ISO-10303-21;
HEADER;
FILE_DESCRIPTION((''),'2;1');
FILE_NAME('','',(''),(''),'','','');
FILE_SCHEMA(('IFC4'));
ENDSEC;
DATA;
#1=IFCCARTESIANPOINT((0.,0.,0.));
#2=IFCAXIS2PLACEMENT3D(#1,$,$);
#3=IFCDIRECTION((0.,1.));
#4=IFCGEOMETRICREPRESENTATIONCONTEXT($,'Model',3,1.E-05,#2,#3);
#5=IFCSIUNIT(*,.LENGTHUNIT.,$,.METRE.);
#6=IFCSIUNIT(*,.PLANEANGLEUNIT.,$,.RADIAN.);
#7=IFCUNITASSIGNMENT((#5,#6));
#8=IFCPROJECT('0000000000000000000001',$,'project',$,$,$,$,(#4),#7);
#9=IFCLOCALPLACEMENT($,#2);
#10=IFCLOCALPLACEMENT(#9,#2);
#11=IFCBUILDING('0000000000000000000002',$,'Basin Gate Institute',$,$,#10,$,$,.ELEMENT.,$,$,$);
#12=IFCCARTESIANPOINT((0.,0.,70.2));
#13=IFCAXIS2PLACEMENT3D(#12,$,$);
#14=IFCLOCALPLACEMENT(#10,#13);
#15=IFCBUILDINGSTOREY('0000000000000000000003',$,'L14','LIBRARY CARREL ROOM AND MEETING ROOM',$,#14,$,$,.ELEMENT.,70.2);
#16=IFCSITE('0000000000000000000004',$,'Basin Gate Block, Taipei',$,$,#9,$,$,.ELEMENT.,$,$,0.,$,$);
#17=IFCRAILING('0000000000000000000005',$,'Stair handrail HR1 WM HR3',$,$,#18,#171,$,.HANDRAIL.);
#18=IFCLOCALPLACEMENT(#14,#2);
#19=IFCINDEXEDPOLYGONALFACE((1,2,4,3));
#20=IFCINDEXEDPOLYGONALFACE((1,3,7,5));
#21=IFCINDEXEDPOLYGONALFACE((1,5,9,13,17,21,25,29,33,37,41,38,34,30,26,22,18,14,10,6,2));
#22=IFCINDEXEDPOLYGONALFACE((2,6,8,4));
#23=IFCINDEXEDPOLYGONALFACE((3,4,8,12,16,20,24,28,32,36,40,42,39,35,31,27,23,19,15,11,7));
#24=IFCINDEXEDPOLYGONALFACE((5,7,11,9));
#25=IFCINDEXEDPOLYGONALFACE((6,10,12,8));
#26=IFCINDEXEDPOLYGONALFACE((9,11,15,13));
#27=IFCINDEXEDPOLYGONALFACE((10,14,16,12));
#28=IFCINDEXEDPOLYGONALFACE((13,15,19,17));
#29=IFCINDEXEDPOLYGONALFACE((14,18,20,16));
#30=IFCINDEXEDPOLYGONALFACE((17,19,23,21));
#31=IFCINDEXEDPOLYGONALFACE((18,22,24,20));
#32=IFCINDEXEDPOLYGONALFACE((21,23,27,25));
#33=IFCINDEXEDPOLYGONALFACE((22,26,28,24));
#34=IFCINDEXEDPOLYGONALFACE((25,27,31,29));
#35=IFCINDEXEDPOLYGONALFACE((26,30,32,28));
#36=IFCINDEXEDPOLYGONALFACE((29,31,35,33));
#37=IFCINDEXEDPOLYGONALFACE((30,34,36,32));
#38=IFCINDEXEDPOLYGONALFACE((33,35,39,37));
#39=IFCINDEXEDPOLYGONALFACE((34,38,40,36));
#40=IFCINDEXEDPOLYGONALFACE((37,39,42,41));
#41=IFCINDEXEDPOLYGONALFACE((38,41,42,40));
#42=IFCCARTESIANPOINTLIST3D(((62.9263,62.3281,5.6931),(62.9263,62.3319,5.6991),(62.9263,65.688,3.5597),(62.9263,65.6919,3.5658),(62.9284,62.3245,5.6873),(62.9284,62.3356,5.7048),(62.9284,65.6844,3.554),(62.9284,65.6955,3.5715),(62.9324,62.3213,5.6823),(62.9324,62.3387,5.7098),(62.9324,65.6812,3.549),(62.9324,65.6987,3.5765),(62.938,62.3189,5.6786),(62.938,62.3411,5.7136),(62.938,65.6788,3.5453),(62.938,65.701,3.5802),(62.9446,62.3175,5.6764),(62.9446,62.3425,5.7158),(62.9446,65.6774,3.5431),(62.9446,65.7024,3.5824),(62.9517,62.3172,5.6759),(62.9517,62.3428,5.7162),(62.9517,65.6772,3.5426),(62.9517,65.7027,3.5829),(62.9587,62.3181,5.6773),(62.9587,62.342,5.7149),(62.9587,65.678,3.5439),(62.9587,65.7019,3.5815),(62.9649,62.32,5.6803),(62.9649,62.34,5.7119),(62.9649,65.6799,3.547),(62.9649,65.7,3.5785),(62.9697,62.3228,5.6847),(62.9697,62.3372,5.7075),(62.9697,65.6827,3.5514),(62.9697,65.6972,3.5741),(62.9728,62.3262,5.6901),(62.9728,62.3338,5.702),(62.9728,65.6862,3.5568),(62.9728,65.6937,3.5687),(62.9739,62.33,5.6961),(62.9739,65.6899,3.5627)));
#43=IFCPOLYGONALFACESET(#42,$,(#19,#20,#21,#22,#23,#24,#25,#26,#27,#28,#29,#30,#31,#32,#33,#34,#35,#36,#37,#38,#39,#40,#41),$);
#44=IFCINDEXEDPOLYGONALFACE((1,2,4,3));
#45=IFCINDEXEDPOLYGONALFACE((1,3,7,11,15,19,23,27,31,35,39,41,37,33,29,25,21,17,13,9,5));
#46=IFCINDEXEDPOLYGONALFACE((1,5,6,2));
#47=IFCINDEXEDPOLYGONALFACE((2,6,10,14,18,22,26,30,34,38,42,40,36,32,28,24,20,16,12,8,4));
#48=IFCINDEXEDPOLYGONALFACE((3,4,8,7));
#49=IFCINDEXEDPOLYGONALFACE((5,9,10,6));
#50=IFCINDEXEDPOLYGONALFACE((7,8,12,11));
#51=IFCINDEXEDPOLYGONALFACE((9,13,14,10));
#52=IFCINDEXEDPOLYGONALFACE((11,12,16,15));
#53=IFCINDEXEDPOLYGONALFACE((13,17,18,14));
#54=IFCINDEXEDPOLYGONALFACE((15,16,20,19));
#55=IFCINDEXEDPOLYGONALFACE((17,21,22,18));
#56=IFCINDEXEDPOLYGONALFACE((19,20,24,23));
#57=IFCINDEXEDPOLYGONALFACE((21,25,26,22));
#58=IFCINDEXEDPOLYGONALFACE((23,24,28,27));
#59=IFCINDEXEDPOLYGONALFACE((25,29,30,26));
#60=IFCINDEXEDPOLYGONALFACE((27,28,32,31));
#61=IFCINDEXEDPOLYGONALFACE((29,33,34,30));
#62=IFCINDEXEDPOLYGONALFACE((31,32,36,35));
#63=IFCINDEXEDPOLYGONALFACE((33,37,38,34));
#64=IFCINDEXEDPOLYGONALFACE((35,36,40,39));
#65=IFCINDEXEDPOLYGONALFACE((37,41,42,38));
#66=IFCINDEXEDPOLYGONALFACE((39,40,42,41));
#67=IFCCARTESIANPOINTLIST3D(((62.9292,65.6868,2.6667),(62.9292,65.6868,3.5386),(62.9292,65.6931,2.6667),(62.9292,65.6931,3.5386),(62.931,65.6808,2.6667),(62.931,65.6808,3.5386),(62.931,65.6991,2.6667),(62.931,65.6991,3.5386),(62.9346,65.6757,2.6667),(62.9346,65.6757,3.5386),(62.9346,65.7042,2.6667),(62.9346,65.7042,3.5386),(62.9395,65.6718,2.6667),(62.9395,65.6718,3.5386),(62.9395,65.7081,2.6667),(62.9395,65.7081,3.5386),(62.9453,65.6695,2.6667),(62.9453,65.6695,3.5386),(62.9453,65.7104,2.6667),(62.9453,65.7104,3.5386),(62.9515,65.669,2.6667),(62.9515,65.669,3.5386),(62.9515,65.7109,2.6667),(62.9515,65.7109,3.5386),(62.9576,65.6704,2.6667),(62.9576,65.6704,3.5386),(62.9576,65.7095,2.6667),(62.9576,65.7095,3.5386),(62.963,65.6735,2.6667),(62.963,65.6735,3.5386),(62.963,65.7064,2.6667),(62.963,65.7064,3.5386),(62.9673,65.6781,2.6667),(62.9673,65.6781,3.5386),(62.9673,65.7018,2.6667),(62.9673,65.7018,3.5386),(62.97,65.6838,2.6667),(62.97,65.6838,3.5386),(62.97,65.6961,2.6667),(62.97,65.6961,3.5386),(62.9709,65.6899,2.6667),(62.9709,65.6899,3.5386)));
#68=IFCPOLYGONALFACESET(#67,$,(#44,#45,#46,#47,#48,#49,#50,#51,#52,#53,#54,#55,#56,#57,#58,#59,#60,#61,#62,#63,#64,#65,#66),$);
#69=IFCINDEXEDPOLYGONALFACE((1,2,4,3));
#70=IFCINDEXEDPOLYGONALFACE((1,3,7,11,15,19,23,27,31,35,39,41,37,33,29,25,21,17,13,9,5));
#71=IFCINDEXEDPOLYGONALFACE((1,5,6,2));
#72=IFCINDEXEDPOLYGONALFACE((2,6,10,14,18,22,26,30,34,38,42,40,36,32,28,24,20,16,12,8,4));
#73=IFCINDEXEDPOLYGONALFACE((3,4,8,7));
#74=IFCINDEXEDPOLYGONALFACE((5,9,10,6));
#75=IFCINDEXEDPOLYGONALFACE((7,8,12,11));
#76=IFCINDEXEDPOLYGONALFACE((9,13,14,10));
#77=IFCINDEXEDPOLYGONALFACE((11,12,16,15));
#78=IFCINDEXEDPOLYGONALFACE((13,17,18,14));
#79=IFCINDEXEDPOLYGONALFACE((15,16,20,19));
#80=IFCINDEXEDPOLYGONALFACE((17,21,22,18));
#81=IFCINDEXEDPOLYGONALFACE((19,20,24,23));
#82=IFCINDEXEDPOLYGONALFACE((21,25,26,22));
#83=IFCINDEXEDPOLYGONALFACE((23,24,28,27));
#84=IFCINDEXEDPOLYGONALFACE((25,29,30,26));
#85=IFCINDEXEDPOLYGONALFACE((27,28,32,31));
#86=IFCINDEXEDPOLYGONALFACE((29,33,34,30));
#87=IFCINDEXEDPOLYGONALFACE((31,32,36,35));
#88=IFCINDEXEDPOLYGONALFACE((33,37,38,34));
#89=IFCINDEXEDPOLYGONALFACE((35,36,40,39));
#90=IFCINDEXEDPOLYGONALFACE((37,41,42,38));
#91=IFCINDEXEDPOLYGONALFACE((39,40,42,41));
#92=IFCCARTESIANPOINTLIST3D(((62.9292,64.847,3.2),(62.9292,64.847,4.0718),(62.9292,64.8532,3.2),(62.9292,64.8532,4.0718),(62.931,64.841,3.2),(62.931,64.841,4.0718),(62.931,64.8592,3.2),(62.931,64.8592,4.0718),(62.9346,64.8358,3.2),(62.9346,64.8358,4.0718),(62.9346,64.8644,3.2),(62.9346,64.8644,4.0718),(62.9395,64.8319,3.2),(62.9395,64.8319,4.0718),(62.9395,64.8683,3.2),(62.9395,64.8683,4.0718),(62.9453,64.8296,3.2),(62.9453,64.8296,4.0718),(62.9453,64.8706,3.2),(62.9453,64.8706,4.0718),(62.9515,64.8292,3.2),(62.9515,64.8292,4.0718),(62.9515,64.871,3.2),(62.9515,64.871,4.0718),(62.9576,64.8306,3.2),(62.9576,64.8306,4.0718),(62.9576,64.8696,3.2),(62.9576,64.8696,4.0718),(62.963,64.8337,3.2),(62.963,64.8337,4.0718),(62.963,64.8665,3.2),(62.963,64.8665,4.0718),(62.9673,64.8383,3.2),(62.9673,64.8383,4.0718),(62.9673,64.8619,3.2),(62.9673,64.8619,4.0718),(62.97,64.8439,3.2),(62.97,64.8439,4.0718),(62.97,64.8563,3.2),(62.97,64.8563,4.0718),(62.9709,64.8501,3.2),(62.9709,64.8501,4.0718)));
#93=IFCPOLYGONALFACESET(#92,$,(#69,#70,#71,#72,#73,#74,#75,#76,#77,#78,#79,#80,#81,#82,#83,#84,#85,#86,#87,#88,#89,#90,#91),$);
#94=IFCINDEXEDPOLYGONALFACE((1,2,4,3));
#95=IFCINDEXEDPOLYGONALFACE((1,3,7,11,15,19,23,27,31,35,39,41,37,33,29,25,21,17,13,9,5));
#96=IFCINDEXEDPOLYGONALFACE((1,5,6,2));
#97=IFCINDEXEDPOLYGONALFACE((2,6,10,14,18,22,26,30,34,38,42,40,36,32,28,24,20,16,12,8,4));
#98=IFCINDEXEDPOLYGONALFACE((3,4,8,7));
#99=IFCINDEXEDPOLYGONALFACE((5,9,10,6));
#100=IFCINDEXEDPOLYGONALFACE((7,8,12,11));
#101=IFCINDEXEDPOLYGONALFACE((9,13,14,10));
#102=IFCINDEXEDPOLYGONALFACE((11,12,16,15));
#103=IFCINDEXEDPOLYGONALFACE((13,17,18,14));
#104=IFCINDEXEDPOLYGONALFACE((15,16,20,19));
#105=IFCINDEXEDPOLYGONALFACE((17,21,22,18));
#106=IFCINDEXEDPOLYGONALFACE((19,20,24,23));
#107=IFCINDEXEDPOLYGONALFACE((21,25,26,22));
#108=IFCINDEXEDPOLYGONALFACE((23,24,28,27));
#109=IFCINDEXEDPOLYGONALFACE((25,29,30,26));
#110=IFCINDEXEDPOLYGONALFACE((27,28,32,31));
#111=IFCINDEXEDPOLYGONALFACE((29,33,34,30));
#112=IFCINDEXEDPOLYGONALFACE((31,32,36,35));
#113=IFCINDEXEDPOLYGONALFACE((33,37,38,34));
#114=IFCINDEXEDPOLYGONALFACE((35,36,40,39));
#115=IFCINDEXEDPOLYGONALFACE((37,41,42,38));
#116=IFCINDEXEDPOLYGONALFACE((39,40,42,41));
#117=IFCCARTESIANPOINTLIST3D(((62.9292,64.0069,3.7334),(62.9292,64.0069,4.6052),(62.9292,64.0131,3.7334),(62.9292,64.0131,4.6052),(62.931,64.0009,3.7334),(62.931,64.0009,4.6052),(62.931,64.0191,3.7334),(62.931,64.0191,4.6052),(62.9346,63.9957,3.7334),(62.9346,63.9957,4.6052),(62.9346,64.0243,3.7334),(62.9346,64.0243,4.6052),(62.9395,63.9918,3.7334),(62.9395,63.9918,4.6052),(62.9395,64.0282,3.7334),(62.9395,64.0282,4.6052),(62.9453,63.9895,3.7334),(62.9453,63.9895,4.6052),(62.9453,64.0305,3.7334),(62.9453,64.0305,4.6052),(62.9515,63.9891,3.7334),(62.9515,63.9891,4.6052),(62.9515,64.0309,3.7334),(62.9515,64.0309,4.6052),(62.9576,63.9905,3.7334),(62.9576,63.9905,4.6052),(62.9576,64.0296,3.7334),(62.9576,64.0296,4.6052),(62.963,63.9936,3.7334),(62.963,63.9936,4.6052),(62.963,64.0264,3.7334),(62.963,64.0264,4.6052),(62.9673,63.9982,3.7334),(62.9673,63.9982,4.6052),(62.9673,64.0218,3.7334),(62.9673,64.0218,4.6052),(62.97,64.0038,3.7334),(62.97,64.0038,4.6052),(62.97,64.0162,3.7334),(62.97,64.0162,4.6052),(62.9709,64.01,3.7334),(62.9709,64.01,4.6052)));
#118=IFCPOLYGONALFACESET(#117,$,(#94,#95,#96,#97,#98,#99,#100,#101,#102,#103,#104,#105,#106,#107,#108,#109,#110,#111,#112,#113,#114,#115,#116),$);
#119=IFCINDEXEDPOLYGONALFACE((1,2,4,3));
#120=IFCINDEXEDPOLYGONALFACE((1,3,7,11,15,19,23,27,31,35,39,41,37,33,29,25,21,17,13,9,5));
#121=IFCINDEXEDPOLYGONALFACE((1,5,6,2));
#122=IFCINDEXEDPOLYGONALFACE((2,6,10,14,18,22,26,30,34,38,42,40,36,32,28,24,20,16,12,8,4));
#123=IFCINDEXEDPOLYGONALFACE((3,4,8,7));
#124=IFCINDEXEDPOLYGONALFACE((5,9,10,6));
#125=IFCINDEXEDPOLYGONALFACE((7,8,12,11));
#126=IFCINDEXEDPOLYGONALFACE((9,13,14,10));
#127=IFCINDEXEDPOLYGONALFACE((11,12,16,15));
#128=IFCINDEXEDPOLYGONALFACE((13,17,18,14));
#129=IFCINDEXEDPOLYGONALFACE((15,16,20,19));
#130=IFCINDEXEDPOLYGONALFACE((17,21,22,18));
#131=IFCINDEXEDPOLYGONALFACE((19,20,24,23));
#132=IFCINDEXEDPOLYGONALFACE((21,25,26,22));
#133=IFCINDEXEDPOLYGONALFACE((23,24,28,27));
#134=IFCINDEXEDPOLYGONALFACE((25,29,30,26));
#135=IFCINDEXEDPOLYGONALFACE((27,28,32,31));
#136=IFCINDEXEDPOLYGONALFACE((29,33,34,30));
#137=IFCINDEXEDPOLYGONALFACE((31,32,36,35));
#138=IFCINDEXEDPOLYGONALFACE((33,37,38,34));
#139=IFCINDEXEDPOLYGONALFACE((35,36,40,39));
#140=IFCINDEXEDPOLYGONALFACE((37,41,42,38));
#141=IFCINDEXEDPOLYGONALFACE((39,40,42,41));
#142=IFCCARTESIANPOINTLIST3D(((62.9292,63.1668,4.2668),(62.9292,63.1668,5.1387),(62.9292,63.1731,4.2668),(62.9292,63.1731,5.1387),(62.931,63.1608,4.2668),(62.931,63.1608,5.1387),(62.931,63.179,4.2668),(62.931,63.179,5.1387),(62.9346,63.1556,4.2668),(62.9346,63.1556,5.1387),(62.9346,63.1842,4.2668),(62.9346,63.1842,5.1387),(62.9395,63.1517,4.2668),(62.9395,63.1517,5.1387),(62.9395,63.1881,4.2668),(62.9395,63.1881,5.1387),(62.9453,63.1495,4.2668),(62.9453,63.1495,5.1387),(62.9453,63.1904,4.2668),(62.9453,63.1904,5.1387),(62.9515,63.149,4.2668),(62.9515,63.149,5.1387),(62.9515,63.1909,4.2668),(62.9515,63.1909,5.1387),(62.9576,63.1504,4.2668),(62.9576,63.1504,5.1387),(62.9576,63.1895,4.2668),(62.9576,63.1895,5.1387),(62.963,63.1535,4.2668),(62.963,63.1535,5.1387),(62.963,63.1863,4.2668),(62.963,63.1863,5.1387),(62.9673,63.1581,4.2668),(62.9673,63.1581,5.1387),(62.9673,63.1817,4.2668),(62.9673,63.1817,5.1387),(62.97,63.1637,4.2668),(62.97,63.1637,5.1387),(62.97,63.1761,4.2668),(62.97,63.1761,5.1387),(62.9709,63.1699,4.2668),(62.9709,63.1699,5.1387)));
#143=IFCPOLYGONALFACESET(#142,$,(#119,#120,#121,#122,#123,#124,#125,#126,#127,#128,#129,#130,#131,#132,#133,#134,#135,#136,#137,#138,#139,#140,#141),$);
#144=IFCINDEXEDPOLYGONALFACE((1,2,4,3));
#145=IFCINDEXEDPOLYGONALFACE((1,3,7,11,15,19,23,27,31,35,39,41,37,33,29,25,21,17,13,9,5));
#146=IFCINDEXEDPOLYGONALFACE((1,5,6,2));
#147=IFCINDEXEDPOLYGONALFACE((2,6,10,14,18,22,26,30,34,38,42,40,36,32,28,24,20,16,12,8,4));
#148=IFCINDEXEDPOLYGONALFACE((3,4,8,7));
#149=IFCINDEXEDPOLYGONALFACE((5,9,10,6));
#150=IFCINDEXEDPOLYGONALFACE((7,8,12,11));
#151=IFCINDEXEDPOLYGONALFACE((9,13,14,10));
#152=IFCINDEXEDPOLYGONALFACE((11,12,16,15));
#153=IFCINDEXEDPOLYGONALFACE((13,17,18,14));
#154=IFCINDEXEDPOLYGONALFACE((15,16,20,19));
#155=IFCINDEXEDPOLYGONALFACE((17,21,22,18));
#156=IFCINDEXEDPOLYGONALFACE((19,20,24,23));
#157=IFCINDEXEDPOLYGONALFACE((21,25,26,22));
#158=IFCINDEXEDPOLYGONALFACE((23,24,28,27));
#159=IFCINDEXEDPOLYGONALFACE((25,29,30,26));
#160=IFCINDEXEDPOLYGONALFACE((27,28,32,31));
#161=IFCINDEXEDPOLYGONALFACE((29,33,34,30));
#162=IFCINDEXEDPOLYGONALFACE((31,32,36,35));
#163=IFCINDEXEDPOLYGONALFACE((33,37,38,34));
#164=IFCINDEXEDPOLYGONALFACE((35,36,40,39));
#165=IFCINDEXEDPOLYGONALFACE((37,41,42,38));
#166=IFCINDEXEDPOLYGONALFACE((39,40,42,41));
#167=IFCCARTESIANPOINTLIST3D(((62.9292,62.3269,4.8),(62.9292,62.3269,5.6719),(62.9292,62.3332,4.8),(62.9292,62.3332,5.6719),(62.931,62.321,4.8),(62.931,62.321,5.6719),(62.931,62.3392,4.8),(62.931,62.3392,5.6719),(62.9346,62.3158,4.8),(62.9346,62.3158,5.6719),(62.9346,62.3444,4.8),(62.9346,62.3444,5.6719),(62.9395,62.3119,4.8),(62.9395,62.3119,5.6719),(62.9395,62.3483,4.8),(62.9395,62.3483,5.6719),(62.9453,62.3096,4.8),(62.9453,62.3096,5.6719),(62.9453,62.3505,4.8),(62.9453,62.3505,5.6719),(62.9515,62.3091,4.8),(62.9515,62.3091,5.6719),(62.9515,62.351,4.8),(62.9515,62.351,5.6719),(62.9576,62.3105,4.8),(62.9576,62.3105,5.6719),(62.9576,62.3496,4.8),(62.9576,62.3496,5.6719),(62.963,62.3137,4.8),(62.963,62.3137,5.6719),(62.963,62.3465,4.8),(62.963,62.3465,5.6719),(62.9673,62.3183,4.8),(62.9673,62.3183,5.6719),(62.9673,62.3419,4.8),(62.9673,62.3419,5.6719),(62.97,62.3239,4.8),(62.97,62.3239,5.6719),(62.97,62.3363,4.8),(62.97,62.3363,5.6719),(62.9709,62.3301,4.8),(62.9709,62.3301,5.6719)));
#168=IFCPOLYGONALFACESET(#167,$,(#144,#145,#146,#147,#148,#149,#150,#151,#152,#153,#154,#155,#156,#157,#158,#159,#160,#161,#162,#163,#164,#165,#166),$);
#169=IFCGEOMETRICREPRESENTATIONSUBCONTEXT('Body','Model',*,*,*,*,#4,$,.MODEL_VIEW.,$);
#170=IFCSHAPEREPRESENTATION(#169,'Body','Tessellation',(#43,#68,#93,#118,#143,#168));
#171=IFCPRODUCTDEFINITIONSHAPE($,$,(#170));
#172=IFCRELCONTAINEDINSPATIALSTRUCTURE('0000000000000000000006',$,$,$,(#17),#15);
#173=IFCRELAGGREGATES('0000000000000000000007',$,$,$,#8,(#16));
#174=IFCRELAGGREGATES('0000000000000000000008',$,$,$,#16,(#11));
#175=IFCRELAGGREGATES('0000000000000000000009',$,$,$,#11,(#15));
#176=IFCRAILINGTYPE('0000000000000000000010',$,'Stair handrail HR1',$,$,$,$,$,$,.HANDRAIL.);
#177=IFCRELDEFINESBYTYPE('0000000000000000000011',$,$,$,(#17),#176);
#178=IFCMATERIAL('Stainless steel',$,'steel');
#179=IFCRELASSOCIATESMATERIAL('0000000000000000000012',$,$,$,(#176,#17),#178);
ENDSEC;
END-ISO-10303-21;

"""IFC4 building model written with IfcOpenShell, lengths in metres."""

from ifc_helpers import new_model, si_unit, direction, frame, origin, origin_2d, place, context, subcontext, project, spatial, circle, extrude, material, type_object, element, save


model = new_model("IFC4")

# Units and contexts
model_context = context("Model", 3, precision=1e-05, world=origin(), true_north=direction((0.0, 1.0)))
body_context = subcontext(model_context, "Body", "Model", "MODEL_VIEW")
ifc_project = project(units=[si_unit("LENGTHUNIT", "METRE"), si_unit("PLANEANGLEUNIT", "RADIAN")], contexts=[model_context])

# Site, building, storey
site_placement = place(None, origin())
site = spatial("IfcSite", under=ifc_project, at=site_placement, Name="Basin Gate Block, Taipei", CompositionType="ELEMENT", RefElevation=0.0)
building_placement = place(site_placement, origin())
building = spatial("IfcBuilding", under=site, at=building_placement, Name="Basin Gate Institute", CompositionType="ELEMENT")
storey_placement = place(building_placement, frame((0.0, 0.0, 70.2)))
storey = spatial("IfcBuildingStorey", under=building, at=storey_placement, Name="L14", Description="LIBRARY CARREL ROOM AND MEETING ROOM", CompositionType="ELEMENT", Elevation=70.2)

# Railing
ifc_material_1 = material(Name="Stainless steel", Category="steel")
railing_type_1 = type_object("IfcRailingType", Name="Stair handrail HR1", PredefinedType="HANDRAIL", material=ifc_material_1)
railing_1_placement = place(storey_placement, frame((62.95, 65.6899, 2.6667)))
element("IfcRailing", 1, at=railing_1_placement, inside=storey, type_object=railing_type_1, material=ifc_material_1, Name="Stair handrail HR1 WM HR3", PredefinedType="HANDRAIL", context=body_context, shape_type="SweptSolid", body=[
    extrude(circle(Radius=0.0239, at=origin_2d()), frame((0.0, 0.0, 0.896), z_axis=(0.0, -0.844207, 0.536018), x_axis=(1.0, 0.0, 0.0)), (0.0, 0.0, 1.0), 3.98),
    extrude(circle(Radius=0.021, at=origin_2d()), origin(), (0.0, 0.0, 1.0), 0.8718),
    extrude(circle(Radius=0.021, at=origin_2d()), frame((0.0, -0.8398, 0.5332)), (0.0, 0.0, 1.0), 0.8718),
    extrude(circle(Radius=0.021, at=origin_2d()), frame((0.0, -1.6799, 1.0667)), (0.0, 0.0, 1.0), 0.8718),
    extrude(circle(Radius=0.021, at=origin_2d()), frame((0.0, -2.52, 1.6001)), (0.0, 0.0, 1.0), 0.8718),
    extrude(circle(Radius=0.021, at=origin_2d()), frame((0.0, -3.3599, 2.1333)), (0.0, 0.0, 1.0), 0.8718),
])

save(model, "model.ifc")
